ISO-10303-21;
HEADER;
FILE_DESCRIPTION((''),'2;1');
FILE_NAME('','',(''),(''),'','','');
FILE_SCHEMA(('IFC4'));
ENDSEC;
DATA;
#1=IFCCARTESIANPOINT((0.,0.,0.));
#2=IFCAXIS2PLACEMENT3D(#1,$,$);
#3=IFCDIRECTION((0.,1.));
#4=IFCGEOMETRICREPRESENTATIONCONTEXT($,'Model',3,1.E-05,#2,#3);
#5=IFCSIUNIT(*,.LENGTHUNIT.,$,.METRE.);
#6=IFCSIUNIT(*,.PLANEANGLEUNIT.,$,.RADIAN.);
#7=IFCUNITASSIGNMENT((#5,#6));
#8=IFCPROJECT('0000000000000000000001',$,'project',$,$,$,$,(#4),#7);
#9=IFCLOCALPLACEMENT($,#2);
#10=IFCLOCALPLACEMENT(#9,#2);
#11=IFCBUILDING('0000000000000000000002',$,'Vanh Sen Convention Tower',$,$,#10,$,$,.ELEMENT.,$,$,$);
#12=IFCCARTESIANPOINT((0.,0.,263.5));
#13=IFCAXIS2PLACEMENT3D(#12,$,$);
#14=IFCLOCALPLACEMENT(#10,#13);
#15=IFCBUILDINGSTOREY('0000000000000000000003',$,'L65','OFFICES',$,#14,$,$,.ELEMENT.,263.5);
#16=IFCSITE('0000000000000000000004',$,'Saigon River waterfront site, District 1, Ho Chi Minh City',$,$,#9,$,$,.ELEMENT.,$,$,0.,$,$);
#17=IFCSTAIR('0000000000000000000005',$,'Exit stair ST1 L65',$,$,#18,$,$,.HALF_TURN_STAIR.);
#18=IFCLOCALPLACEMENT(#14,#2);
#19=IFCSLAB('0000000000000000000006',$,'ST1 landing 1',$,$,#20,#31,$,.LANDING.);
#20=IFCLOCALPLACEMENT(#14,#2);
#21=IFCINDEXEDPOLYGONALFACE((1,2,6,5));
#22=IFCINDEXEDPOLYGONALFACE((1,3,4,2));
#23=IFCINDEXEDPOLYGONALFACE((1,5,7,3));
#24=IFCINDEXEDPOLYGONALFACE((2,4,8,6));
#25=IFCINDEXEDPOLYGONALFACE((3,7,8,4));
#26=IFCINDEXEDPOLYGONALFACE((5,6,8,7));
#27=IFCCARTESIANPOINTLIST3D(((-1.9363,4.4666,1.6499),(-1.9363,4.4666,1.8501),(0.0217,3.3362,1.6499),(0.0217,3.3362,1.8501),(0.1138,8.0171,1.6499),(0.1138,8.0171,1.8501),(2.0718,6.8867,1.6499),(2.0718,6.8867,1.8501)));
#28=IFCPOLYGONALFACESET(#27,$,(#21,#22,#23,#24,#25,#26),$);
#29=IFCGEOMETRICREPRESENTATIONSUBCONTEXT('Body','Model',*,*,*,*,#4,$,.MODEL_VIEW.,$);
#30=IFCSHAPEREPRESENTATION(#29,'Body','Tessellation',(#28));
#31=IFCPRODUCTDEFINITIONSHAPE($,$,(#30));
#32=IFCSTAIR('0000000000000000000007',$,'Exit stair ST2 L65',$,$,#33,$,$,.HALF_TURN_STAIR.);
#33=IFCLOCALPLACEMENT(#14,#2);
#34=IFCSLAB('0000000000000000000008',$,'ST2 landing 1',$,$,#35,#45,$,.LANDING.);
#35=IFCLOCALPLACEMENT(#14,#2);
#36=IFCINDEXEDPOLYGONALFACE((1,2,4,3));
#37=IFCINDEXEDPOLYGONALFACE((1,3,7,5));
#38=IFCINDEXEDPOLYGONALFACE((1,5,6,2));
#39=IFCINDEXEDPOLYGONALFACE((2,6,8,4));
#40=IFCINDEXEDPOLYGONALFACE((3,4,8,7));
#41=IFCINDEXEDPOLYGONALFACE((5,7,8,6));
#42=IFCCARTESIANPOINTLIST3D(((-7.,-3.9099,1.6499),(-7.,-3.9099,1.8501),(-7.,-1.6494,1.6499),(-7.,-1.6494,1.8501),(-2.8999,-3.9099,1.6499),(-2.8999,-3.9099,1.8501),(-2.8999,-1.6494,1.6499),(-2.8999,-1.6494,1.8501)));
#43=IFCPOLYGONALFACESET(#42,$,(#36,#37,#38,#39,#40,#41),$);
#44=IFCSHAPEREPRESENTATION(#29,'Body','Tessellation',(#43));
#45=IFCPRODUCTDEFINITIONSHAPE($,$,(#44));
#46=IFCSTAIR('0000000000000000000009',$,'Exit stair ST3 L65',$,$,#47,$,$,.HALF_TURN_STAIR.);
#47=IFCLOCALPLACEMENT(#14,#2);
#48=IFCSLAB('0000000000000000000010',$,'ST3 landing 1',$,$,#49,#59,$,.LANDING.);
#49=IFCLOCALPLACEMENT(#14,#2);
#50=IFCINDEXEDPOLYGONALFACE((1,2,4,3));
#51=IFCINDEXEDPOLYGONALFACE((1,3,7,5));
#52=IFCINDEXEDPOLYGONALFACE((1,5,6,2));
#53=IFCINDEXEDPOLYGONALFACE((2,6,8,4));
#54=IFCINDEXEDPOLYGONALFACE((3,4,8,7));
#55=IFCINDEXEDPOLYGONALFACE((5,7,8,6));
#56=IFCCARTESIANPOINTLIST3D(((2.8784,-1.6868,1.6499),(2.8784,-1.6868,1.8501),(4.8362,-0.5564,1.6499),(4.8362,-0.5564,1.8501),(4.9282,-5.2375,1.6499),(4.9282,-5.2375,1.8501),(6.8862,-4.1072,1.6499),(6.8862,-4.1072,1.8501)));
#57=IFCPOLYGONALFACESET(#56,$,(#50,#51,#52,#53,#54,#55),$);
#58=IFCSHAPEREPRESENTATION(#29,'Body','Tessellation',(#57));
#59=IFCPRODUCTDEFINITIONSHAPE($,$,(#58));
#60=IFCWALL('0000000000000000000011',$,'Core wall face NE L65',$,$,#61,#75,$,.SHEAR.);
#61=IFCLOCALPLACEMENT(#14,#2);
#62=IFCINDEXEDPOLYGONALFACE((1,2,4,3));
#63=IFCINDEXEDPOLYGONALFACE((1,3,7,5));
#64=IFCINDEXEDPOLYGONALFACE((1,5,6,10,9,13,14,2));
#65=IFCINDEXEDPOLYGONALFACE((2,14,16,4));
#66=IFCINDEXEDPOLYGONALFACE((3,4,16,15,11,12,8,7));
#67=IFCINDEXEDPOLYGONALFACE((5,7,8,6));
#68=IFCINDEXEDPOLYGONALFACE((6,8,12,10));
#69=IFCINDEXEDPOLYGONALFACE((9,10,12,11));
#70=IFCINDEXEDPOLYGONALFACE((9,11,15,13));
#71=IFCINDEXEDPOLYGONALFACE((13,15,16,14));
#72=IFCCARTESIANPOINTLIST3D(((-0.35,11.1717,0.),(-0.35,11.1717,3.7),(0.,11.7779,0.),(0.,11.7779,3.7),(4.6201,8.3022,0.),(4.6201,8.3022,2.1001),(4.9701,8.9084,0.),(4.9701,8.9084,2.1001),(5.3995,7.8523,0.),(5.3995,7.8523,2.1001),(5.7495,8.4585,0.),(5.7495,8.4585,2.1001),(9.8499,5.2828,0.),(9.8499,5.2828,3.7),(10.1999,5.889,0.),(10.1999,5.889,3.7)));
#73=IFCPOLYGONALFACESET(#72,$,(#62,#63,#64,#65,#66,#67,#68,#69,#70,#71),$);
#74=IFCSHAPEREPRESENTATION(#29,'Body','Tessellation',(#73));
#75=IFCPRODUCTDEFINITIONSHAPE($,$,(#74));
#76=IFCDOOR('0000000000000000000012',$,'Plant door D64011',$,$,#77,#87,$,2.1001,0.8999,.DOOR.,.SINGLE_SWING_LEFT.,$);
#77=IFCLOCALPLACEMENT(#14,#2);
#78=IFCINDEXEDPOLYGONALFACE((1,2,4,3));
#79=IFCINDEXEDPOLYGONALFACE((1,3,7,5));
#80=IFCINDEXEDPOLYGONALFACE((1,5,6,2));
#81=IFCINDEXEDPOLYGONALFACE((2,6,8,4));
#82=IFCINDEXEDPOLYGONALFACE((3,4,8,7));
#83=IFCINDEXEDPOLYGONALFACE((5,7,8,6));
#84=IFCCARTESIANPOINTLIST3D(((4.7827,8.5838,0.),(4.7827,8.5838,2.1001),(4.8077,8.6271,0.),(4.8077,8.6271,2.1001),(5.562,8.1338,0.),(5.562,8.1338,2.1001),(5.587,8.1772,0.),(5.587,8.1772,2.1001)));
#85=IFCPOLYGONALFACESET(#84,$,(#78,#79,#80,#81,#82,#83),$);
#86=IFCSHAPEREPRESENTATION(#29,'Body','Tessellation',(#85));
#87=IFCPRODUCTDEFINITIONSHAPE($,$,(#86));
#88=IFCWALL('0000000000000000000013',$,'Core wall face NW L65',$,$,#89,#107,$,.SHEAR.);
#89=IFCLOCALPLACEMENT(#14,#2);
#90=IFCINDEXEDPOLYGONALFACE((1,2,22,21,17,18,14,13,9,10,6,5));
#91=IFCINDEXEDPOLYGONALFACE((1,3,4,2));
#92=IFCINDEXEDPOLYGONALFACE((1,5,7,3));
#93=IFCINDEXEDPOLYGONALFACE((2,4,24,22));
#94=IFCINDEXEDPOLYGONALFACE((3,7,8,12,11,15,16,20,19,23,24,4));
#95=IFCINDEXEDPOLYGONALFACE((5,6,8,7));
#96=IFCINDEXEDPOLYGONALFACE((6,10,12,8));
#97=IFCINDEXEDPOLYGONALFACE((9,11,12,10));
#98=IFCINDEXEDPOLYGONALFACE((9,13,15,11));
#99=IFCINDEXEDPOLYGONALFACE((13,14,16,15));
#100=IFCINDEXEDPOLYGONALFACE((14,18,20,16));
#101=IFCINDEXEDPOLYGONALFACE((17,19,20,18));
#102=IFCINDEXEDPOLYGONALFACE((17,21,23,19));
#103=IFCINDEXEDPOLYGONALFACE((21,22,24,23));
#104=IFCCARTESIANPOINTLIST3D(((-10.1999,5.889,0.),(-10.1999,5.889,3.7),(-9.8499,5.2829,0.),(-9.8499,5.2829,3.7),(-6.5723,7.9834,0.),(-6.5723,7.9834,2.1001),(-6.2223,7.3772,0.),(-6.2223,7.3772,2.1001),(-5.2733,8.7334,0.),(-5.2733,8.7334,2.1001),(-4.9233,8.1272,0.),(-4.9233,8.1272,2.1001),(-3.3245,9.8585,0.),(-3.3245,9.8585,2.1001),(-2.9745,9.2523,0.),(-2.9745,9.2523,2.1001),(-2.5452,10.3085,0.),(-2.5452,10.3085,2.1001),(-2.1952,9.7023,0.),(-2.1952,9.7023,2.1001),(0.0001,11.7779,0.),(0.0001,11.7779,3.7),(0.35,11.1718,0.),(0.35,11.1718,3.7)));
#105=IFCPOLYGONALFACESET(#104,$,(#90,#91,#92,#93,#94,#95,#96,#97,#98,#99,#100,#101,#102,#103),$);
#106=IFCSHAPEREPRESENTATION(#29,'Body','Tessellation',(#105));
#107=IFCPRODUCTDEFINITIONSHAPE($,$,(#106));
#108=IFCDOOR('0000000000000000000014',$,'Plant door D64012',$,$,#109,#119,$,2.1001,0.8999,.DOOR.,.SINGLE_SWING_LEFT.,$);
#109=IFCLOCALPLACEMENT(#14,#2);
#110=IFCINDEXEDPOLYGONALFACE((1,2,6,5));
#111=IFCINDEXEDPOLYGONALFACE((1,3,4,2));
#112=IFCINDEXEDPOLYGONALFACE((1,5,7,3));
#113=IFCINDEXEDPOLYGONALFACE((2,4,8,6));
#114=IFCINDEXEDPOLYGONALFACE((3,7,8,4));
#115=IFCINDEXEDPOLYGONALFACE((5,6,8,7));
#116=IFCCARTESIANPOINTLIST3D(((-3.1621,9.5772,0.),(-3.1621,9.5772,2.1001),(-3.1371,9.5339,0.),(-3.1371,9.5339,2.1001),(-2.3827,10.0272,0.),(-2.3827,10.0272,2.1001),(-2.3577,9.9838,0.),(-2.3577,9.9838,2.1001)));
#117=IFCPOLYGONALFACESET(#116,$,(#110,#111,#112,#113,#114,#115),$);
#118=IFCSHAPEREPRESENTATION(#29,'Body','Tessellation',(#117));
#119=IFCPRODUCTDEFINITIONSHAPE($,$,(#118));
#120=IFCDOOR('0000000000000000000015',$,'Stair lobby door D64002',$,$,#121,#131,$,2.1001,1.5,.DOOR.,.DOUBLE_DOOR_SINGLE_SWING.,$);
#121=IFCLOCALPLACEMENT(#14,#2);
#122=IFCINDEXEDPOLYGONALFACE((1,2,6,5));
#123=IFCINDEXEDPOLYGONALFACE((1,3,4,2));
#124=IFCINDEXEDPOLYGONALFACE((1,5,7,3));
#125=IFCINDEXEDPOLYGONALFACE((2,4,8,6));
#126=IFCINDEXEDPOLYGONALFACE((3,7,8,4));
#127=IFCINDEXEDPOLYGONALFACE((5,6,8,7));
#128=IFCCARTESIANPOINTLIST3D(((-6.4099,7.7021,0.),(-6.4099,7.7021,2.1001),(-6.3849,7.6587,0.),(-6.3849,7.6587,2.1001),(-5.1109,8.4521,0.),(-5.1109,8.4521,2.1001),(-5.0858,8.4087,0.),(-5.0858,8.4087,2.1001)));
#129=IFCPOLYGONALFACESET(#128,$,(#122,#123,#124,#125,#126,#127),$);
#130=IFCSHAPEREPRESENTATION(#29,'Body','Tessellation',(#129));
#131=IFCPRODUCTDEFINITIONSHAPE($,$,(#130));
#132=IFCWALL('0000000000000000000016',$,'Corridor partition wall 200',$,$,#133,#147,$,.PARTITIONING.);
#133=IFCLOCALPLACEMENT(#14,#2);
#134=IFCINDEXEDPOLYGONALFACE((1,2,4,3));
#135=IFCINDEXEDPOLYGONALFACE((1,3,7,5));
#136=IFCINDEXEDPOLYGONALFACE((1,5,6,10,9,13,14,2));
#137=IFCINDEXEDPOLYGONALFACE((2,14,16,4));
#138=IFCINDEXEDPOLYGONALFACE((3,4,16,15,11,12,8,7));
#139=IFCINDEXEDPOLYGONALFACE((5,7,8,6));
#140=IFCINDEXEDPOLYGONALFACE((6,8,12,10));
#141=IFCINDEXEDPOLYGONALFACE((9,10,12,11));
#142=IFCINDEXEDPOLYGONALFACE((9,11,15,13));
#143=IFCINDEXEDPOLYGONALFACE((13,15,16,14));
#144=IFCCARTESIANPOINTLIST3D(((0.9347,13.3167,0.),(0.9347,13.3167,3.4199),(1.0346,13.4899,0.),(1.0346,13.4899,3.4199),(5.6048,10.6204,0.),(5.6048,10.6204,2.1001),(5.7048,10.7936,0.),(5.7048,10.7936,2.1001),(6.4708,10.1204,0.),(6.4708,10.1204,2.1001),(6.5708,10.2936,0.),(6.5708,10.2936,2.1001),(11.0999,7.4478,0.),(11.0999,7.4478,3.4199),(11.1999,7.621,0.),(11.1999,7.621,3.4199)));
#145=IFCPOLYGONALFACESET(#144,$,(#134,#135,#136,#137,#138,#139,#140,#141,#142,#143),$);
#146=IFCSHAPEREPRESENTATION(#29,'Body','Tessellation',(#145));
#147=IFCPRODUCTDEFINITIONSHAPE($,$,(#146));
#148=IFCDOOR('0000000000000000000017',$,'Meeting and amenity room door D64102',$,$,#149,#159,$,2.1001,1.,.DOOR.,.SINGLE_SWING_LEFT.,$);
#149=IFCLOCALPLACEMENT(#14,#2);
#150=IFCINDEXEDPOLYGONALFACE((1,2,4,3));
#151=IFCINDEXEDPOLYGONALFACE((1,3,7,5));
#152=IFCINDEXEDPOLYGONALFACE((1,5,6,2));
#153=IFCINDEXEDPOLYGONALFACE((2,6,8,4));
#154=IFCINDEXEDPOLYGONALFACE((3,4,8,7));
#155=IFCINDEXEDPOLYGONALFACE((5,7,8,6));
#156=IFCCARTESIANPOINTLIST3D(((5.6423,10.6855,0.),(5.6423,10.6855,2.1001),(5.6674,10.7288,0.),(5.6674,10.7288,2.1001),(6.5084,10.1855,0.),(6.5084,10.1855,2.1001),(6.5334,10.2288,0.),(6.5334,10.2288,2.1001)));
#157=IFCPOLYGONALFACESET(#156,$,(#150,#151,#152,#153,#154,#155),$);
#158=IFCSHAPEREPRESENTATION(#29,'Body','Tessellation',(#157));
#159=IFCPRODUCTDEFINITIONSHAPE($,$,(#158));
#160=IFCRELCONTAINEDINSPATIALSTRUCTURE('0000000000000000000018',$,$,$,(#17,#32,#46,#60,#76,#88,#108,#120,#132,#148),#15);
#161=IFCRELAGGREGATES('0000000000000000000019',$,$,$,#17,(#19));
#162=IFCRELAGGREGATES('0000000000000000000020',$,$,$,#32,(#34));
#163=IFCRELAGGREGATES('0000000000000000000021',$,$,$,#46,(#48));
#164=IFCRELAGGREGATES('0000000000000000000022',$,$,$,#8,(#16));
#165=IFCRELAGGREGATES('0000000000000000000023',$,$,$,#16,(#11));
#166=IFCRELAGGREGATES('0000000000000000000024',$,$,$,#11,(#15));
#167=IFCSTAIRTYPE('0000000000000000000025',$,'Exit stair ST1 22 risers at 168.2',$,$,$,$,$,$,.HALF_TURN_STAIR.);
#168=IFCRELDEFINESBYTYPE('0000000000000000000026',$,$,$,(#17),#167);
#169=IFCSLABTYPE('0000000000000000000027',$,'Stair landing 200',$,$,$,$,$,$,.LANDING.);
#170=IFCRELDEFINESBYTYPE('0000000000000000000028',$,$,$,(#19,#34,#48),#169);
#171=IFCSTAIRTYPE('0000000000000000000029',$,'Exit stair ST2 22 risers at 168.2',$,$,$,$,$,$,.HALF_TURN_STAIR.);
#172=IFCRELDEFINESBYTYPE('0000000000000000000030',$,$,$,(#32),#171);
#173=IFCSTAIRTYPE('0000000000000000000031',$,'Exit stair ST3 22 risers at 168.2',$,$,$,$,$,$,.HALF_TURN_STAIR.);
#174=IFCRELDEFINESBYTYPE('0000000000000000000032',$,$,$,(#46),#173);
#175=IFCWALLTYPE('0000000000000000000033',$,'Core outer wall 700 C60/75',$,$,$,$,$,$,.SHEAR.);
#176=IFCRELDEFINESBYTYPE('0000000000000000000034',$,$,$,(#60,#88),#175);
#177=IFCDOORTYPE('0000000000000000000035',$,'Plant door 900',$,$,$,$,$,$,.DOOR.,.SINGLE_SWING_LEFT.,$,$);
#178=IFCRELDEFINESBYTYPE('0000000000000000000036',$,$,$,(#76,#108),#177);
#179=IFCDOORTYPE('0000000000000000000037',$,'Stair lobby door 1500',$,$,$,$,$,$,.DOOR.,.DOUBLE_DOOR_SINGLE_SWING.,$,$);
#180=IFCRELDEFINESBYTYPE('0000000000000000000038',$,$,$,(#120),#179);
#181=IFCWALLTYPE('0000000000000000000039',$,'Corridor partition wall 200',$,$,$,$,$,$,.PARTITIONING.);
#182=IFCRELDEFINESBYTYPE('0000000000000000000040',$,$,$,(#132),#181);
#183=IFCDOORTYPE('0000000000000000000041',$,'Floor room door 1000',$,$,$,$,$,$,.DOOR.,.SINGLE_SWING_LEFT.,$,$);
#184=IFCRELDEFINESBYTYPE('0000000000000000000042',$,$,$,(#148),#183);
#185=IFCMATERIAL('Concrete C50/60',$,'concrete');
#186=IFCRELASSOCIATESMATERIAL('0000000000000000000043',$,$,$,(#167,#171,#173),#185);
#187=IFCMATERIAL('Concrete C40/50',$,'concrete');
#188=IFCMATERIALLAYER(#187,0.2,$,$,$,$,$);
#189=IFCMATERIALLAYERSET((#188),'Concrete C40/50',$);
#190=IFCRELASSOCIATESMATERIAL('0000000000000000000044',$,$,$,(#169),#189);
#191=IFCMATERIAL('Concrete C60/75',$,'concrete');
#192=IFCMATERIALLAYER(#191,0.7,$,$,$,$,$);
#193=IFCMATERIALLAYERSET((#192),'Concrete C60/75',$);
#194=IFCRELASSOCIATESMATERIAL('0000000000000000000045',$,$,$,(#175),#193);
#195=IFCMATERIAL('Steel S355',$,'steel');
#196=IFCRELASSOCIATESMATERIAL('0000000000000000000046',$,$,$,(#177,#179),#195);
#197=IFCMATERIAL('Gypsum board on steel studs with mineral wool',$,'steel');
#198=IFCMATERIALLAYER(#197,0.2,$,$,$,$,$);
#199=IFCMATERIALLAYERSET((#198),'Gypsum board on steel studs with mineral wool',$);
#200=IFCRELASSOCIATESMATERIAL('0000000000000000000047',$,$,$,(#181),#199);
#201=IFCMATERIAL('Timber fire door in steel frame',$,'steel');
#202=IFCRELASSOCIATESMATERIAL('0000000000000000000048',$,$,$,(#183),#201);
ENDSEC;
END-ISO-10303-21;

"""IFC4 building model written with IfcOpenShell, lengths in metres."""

from ifc_helpers import new_model, si_unit, direction, frame, frame_2d, origin, place, context, subcontext, project, spatial, polyline, rectangle, outline, extrude, material, layer, layer_set, type_object, element, fill, aggregate, save


model = new_model("IFC4")

# Units and contexts
model_context = context("Model", 3, precision=1e-05, world=origin(), true_north=direction((0.0, 1.0)))
body_context = subcontext(model_context, "Body", "Model", "MODEL_VIEW")
ifc_project = project(units=[si_unit("LENGTHUNIT", "METRE"), si_unit("PLANEANGLEUNIT", "RADIAN")], contexts=[model_context])

# Site, building, storey
site_placement = place(None, origin())
site = spatial("IfcSite", under=ifc_project, at=site_placement, Name="Saigon River waterfront site, District 1, Ho Chi Minh City", CompositionType="ELEMENT", RefElevation=0.0)
building_placement = place(site_placement, origin())
building = spatial("IfcBuilding", under=site, at=building_placement, Name="Vanh Sen Convention Tower", CompositionType="ELEMENT")
storey_placement = place(building_placement, frame((0.0, 0.0, 263.5)))
storey = spatial("IfcBuildingStorey", under=building, at=storey_placement, Name="L65", Description="OFFICES", CompositionType="ELEMENT", Elevation=263.5)

# Stairs, slabs
ifc_material_1 = material(Name="Concrete C50/60", Category="concrete")
stair_type_1 = type_object("IfcStairType", Name="Exit stair ST1 22 risers at 168.2", PredefinedType="HALF_TURN_STAIR", material=ifc_material_1)
stair_1_placement = place(storey_placement, origin())
stair_1 = element("IfcStair", 1, at=stair_1_placement, inside=storey, type_object=stair_type_1, Name="Exit stair ST1 L65", PredefinedType="HALF_TURN_STAIR")
ifc_material_2 = material(Name="Concrete C40/50", Category="concrete")
ifc_layer_1 = layer(ifc_material_2, 0.2)
ifc_layer_set_1 = layer_set([ifc_layer_1], Name="Concrete C40/50")
slab_type = type_object("IfcSlabType", Name="Stair landing 200", PredefinedType="LANDING", material=ifc_layer_set_1)
slab_1_placement = place(storey_placement, frame((0.0, 0.0, 1.6499)))
slab_1 = element("IfcSlab", 2, at=slab_1_placement, type_object=slab_type, Name="ST1 landing 1", PredefinedType="LANDING", context=body_context, shape_type="SweptSolid", body=[
    extrude(outline(polyline([(2.0718, 6.8867), (0.1138, 8.0171), (-1.9363, 4.4666), (0.0217, 3.3362), (2.0718, 6.8867)])), origin(), (0.0, 0.0, 1.0), 0.2002),
])
aggregate(stair_1, [slab_1])
stair_type_2 = type_object("IfcStairType", Name="Exit stair ST2 22 risers at 168.2", PredefinedType="HALF_TURN_STAIR", material=ifc_material_1)
stair_2_placement = place(storey_placement, origin())
stair_2 = element("IfcStair", 3, at=stair_2_placement, inside=storey, type_object=stair_type_2, Name="Exit stair ST2 L65", PredefinedType="HALF_TURN_STAIR")
slab_2_placement = place(storey_placement, frame((0.0, 0.0, 1.6499)))
slab_2 = element("IfcSlab", 4, at=slab_2_placement, type_object=slab_type, Name="ST2 landing 1", PredefinedType="LANDING", context=body_context, shape_type="SweptSolid", body=[
    extrude(outline(polyline([(-7.0, -1.6494), (-7.0, -3.9099), (-2.8999, -3.9099), (-2.8999, -1.6494), (-7.0, -1.6494)])), origin(), (0.0, 0.0, 1.0), 0.2002),
])
aggregate(stair_2, [slab_2])
stair_type_3 = type_object("IfcStairType", Name="Exit stair ST3 22 risers at 168.2", PredefinedType="HALF_TURN_STAIR", material=ifc_material_1)
stair_3_placement = place(storey_placement, origin())
stair_3 = element("IfcStair", 5, at=stair_3_placement, inside=storey, type_object=stair_type_3, Name="Exit stair ST3 L65", PredefinedType="HALF_TURN_STAIR")
slab_3_placement = place(storey_placement, frame((0.0, 0.0, 1.6499)))
slab_3 = element("IfcSlab", 6, at=slab_3_placement, type_object=slab_type, Name="ST3 landing 1", PredefinedType="LANDING", context=body_context, shape_type="SweptSolid", body=[
    extrude(outline(polyline([(4.9282, -5.2375), (6.8862, -4.1072), (4.8362, -0.5564), (2.8784, -1.6868), (4.9282, -5.2375)])), origin(), (0.0, 0.0, 1.0), 0.2002),
])
aggregate(stair_3, [slab_3])

# Wall, opening, door
ifc_material_3 = material(Name="Concrete C60/75", Category="concrete")
ifc_layer_2 = layer(ifc_material_3, 0.7)
ifc_layer_set_2 = layer_set([ifc_layer_2], Name="Concrete C60/75")
wall_type_1 = type_object("IfcWallType", Name="Core outer wall 700 C60/75", PredefinedType="SHEAR", material=ifc_layer_set_2)
wall_1_placement = place(storey_placement, frame((10.0249, 5.5859, 0.0), z_axis=(0.0, 0.0, 1.0), x_axis=(-0.866026, 0.499998, 0.0)))
wall_1 = element("IfcWall", 7, at=wall_1_placement, inside=storey, type_object=wall_type_1, Name="Core wall face NE L65", PredefinedType="SHEAR", context=body_context, shape_type="SweptSolid", body=[
    extrude(rectangle(XDim=11.7778, YDim=0.7, at=frame_2d((5.8889, 0.0))), origin(), (0.0, 0.0, 1.0), 3.7),
])
opening_1_placement = place(wall_1_placement, frame((5.1389, 0.0, 0.0)))
opening_1 = element("IfcOpeningElement", 8, at=opening_1_placement, cuts=wall_1, PredefinedType="OPENING", context=body_context, shape_type="SweptSolid", body=[
    extrude(rectangle(XDim=0.8999, YDim=2.1001, at=frame_2d((0.45, 1.05))), frame((0.0, 0.3599, 0.0), z_axis=(0.0, -1.0, 0.0), x_axis=(1.0, 0.0, 0.0)), (0.0, 0.0, 1.0), 0.72),
])
ifc_material_4 = material(Name="Steel S355", Category="steel")
door_type_1 = type_object("IfcDoorType", Name="Plant door 900", OperationType="SINGLE_SWING_LEFT", PredefinedType="DOOR", material=ifc_material_4)
door_1_placement = place(opening_1_placement, origin())
door_1 = element("IfcDoor", 9, at=door_1_placement, inside=storey, type_object=door_type_1, Name="Plant door D64011", OperationType="SINGLE_SWING_LEFT", OverallHeight=2.1001, OverallWidth=0.8999, PredefinedType="DOOR", context=body_context, shape_type="SweptSolid", body=[
    extrude(rectangle(XDim=0.8999, YDim=2.1001, at=frame_2d((0.45, 1.05))), frame((0.0, 0.0249, 0.0), z_axis=(0.0, -1.0, 0.0), x_axis=(1.0, 0.0, 0.0)), (0.0, 0.0, 1.0), 0.05),
])
fill(opening_1, door_1)

# Wall, openings, doors
wall_2_placement = place(storey_placement, frame((0.175, 11.4749, 0.0), z_axis=(0.0, 0.0, 1.0), x_axis=(-0.866026, -0.499998, 0.0)))
wall_2 = element("IfcWall", 10, at=wall_2_placement, inside=storey, type_object=wall_type_1, Name="Core wall face NW L65", PredefinedType="SHEAR", context=body_context, shape_type="SweptSolid", body=[
    extrude(rectangle(XDim=11.7778, YDim=0.7, at=frame_2d((5.8889, 0.0))), origin(), (0.0, 0.0, 1.0), 3.7),
])
opening_2_placement = place(wall_2_placement, frame((6.0891, 0.0, 0.0)))
opening_2 = element("IfcOpeningElement", 11, at=opening_2_placement, cuts=wall_2, PredefinedType="OPENING", context=body_context, shape_type="SweptSolid", body=[
    extrude(rectangle(XDim=1.5, YDim=2.1001, at=frame_2d((0.75, 1.05))), frame((0.0, 0.3599, 0.0), z_axis=(0.0, -1.0, 0.0), x_axis=(1.0, 0.0, 0.0)), (0.0, 0.0, 1.0), 0.72),
])
opening_3_placement = place(wall_2_placement, frame((2.939, 0.0, 0.0)))
opening_3 = element("IfcOpeningElement", 12, at=opening_3_placement, cuts=wall_2, PredefinedType="OPENING", context=body_context, shape_type="SweptSolid", body=[
    extrude(rectangle(XDim=0.8999, YDim=2.1001, at=frame_2d((0.45, 1.05))), frame((0.0, 0.3599, 0.0), z_axis=(0.0, -1.0, 0.0), x_axis=(1.0, 0.0, 0.0)), (0.0, 0.0, 1.0), 0.72),
])
door_2_placement = place(opening_3_placement, origin())
door_2 = element("IfcDoor", 13, at=door_2_placement, inside=storey, type_object=door_type_1, Name="Plant door D64012", OperationType="SINGLE_SWING_LEFT", OverallHeight=2.1001, OverallWidth=0.8999, PredefinedType="DOOR", context=body_context, shape_type="SweptSolid", body=[
    extrude(rectangle(XDim=0.8999, YDim=2.1001, at=frame_2d((0.45, 1.05))), frame((0.0, 0.0249, 0.0), z_axis=(0.0, -1.0, 0.0), x_axis=(1.0, 0.0, 0.0)), (0.0, 0.0, 1.0), 0.05),
])
fill(opening_3, door_2)
door_type_2 = type_object("IfcDoorType", Name="Stair lobby door 1500", OperationType="DOUBLE_DOOR_SINGLE_SWING", PredefinedType="DOOR", material=ifc_material_4)
door_3_placement = place(opening_2_placement, origin())
door_3 = element("IfcDoor", 14, at=door_3_placement, inside=storey, type_object=door_type_2, Name="Stair lobby door D64002", OperationType="DOUBLE_DOOR_SINGLE_SWING", OverallHeight=2.1001, OverallWidth=1.5, PredefinedType="DOOR", context=body_context, shape_type="SweptSolid", body=[
    extrude(rectangle(XDim=1.5, YDim=2.1001, at=frame_2d((0.75, 1.05))), frame((0.0, 0.0249, 0.0), z_axis=(0.0, -1.0, 0.0), x_axis=(1.0, 0.0, 0.0)), (0.0, 0.0, 1.0), 0.05),
])
fill(opening_2, door_3)

# Wall, opening, door
ifc_material_5 = material(Name="Gypsum board on steel studs with mineral wool", Category="steel")
ifc_layer_3 = layer(ifc_material_5, 0.2)
ifc_layer_set_3 = layer_set([ifc_layer_3], Name="Gypsum board on steel studs with mineral wool")
wall_type_2 = type_object("IfcWallType", Name="Corridor partition wall 200", PredefinedType="PARTITIONING", material=ifc_layer_set_3)
wall_3_placement = place(storey_placement, frame((11.1499, 7.5344, 0.0), z_axis=(0.0, 0.0, 1.0), x_axis=(-0.866027, 0.499998, 0.0)))
wall_3 = element("IfcWall", 15, at=wall_3_placement, inside=storey, type_object=wall_type_2, Name="Corridor partition wall 200", PredefinedType="PARTITIONING", context=body_context, shape_type="SweptSolid", body=[
    extrude(rectangle(XDim=11.7378, YDim=0.2, at=frame_2d((5.8689, 0.0))), origin(), (0.0, 0.0, 1.0), 3.4199),
])
opening_4_placement = place(wall_3_placement, frame((5.3452, 0.0, 0.0)))
opening_4 = element("IfcOpeningElement", 16, at=opening_4_placement, cuts=wall_3, PredefinedType="OPENING", context=body_context, shape_type="SweptSolid", body=[
    extrude(rectangle(XDim=1.0, YDim=2.1001, at=frame_2d((0.5, 1.05))), frame((0.0, 0.1099, 0.0), z_axis=(0.0, -1.0, 0.0), x_axis=(1.0, 0.0, 0.0)), (0.0, 0.0, 1.0), 0.22),
])
ifc_material_6 = material(Name="Timber fire door in steel frame", Category="steel")
door_type_3 = type_object("IfcDoorType", Name="Floor room door 1000", OperationType="SINGLE_SWING_LEFT", PredefinedType="DOOR", material=ifc_material_6)
door_4_placement = place(opening_4_placement, origin())
door_4 = element("IfcDoor", 17, at=door_4_placement, inside=storey, type_object=door_type_3, Name="Meeting and amenity room door D64102", OperationType="SINGLE_SWING_LEFT", OverallHeight=2.1001, OverallWidth=1.0, PredefinedType="DOOR", context=body_context, shape_type="SweptSolid", body=[
    extrude(rectangle(XDim=1.0, YDim=2.1001, at=frame_2d((0.5, 1.05))), frame((0.0, 0.0249, 0.0), z_axis=(0.0, -1.0, 0.0), x_axis=(1.0, 0.0, 0.0)), (0.0, 0.0, 1.0), 0.05),
])
fill(opening_4, door_4)

save(model, "model.ifc")
